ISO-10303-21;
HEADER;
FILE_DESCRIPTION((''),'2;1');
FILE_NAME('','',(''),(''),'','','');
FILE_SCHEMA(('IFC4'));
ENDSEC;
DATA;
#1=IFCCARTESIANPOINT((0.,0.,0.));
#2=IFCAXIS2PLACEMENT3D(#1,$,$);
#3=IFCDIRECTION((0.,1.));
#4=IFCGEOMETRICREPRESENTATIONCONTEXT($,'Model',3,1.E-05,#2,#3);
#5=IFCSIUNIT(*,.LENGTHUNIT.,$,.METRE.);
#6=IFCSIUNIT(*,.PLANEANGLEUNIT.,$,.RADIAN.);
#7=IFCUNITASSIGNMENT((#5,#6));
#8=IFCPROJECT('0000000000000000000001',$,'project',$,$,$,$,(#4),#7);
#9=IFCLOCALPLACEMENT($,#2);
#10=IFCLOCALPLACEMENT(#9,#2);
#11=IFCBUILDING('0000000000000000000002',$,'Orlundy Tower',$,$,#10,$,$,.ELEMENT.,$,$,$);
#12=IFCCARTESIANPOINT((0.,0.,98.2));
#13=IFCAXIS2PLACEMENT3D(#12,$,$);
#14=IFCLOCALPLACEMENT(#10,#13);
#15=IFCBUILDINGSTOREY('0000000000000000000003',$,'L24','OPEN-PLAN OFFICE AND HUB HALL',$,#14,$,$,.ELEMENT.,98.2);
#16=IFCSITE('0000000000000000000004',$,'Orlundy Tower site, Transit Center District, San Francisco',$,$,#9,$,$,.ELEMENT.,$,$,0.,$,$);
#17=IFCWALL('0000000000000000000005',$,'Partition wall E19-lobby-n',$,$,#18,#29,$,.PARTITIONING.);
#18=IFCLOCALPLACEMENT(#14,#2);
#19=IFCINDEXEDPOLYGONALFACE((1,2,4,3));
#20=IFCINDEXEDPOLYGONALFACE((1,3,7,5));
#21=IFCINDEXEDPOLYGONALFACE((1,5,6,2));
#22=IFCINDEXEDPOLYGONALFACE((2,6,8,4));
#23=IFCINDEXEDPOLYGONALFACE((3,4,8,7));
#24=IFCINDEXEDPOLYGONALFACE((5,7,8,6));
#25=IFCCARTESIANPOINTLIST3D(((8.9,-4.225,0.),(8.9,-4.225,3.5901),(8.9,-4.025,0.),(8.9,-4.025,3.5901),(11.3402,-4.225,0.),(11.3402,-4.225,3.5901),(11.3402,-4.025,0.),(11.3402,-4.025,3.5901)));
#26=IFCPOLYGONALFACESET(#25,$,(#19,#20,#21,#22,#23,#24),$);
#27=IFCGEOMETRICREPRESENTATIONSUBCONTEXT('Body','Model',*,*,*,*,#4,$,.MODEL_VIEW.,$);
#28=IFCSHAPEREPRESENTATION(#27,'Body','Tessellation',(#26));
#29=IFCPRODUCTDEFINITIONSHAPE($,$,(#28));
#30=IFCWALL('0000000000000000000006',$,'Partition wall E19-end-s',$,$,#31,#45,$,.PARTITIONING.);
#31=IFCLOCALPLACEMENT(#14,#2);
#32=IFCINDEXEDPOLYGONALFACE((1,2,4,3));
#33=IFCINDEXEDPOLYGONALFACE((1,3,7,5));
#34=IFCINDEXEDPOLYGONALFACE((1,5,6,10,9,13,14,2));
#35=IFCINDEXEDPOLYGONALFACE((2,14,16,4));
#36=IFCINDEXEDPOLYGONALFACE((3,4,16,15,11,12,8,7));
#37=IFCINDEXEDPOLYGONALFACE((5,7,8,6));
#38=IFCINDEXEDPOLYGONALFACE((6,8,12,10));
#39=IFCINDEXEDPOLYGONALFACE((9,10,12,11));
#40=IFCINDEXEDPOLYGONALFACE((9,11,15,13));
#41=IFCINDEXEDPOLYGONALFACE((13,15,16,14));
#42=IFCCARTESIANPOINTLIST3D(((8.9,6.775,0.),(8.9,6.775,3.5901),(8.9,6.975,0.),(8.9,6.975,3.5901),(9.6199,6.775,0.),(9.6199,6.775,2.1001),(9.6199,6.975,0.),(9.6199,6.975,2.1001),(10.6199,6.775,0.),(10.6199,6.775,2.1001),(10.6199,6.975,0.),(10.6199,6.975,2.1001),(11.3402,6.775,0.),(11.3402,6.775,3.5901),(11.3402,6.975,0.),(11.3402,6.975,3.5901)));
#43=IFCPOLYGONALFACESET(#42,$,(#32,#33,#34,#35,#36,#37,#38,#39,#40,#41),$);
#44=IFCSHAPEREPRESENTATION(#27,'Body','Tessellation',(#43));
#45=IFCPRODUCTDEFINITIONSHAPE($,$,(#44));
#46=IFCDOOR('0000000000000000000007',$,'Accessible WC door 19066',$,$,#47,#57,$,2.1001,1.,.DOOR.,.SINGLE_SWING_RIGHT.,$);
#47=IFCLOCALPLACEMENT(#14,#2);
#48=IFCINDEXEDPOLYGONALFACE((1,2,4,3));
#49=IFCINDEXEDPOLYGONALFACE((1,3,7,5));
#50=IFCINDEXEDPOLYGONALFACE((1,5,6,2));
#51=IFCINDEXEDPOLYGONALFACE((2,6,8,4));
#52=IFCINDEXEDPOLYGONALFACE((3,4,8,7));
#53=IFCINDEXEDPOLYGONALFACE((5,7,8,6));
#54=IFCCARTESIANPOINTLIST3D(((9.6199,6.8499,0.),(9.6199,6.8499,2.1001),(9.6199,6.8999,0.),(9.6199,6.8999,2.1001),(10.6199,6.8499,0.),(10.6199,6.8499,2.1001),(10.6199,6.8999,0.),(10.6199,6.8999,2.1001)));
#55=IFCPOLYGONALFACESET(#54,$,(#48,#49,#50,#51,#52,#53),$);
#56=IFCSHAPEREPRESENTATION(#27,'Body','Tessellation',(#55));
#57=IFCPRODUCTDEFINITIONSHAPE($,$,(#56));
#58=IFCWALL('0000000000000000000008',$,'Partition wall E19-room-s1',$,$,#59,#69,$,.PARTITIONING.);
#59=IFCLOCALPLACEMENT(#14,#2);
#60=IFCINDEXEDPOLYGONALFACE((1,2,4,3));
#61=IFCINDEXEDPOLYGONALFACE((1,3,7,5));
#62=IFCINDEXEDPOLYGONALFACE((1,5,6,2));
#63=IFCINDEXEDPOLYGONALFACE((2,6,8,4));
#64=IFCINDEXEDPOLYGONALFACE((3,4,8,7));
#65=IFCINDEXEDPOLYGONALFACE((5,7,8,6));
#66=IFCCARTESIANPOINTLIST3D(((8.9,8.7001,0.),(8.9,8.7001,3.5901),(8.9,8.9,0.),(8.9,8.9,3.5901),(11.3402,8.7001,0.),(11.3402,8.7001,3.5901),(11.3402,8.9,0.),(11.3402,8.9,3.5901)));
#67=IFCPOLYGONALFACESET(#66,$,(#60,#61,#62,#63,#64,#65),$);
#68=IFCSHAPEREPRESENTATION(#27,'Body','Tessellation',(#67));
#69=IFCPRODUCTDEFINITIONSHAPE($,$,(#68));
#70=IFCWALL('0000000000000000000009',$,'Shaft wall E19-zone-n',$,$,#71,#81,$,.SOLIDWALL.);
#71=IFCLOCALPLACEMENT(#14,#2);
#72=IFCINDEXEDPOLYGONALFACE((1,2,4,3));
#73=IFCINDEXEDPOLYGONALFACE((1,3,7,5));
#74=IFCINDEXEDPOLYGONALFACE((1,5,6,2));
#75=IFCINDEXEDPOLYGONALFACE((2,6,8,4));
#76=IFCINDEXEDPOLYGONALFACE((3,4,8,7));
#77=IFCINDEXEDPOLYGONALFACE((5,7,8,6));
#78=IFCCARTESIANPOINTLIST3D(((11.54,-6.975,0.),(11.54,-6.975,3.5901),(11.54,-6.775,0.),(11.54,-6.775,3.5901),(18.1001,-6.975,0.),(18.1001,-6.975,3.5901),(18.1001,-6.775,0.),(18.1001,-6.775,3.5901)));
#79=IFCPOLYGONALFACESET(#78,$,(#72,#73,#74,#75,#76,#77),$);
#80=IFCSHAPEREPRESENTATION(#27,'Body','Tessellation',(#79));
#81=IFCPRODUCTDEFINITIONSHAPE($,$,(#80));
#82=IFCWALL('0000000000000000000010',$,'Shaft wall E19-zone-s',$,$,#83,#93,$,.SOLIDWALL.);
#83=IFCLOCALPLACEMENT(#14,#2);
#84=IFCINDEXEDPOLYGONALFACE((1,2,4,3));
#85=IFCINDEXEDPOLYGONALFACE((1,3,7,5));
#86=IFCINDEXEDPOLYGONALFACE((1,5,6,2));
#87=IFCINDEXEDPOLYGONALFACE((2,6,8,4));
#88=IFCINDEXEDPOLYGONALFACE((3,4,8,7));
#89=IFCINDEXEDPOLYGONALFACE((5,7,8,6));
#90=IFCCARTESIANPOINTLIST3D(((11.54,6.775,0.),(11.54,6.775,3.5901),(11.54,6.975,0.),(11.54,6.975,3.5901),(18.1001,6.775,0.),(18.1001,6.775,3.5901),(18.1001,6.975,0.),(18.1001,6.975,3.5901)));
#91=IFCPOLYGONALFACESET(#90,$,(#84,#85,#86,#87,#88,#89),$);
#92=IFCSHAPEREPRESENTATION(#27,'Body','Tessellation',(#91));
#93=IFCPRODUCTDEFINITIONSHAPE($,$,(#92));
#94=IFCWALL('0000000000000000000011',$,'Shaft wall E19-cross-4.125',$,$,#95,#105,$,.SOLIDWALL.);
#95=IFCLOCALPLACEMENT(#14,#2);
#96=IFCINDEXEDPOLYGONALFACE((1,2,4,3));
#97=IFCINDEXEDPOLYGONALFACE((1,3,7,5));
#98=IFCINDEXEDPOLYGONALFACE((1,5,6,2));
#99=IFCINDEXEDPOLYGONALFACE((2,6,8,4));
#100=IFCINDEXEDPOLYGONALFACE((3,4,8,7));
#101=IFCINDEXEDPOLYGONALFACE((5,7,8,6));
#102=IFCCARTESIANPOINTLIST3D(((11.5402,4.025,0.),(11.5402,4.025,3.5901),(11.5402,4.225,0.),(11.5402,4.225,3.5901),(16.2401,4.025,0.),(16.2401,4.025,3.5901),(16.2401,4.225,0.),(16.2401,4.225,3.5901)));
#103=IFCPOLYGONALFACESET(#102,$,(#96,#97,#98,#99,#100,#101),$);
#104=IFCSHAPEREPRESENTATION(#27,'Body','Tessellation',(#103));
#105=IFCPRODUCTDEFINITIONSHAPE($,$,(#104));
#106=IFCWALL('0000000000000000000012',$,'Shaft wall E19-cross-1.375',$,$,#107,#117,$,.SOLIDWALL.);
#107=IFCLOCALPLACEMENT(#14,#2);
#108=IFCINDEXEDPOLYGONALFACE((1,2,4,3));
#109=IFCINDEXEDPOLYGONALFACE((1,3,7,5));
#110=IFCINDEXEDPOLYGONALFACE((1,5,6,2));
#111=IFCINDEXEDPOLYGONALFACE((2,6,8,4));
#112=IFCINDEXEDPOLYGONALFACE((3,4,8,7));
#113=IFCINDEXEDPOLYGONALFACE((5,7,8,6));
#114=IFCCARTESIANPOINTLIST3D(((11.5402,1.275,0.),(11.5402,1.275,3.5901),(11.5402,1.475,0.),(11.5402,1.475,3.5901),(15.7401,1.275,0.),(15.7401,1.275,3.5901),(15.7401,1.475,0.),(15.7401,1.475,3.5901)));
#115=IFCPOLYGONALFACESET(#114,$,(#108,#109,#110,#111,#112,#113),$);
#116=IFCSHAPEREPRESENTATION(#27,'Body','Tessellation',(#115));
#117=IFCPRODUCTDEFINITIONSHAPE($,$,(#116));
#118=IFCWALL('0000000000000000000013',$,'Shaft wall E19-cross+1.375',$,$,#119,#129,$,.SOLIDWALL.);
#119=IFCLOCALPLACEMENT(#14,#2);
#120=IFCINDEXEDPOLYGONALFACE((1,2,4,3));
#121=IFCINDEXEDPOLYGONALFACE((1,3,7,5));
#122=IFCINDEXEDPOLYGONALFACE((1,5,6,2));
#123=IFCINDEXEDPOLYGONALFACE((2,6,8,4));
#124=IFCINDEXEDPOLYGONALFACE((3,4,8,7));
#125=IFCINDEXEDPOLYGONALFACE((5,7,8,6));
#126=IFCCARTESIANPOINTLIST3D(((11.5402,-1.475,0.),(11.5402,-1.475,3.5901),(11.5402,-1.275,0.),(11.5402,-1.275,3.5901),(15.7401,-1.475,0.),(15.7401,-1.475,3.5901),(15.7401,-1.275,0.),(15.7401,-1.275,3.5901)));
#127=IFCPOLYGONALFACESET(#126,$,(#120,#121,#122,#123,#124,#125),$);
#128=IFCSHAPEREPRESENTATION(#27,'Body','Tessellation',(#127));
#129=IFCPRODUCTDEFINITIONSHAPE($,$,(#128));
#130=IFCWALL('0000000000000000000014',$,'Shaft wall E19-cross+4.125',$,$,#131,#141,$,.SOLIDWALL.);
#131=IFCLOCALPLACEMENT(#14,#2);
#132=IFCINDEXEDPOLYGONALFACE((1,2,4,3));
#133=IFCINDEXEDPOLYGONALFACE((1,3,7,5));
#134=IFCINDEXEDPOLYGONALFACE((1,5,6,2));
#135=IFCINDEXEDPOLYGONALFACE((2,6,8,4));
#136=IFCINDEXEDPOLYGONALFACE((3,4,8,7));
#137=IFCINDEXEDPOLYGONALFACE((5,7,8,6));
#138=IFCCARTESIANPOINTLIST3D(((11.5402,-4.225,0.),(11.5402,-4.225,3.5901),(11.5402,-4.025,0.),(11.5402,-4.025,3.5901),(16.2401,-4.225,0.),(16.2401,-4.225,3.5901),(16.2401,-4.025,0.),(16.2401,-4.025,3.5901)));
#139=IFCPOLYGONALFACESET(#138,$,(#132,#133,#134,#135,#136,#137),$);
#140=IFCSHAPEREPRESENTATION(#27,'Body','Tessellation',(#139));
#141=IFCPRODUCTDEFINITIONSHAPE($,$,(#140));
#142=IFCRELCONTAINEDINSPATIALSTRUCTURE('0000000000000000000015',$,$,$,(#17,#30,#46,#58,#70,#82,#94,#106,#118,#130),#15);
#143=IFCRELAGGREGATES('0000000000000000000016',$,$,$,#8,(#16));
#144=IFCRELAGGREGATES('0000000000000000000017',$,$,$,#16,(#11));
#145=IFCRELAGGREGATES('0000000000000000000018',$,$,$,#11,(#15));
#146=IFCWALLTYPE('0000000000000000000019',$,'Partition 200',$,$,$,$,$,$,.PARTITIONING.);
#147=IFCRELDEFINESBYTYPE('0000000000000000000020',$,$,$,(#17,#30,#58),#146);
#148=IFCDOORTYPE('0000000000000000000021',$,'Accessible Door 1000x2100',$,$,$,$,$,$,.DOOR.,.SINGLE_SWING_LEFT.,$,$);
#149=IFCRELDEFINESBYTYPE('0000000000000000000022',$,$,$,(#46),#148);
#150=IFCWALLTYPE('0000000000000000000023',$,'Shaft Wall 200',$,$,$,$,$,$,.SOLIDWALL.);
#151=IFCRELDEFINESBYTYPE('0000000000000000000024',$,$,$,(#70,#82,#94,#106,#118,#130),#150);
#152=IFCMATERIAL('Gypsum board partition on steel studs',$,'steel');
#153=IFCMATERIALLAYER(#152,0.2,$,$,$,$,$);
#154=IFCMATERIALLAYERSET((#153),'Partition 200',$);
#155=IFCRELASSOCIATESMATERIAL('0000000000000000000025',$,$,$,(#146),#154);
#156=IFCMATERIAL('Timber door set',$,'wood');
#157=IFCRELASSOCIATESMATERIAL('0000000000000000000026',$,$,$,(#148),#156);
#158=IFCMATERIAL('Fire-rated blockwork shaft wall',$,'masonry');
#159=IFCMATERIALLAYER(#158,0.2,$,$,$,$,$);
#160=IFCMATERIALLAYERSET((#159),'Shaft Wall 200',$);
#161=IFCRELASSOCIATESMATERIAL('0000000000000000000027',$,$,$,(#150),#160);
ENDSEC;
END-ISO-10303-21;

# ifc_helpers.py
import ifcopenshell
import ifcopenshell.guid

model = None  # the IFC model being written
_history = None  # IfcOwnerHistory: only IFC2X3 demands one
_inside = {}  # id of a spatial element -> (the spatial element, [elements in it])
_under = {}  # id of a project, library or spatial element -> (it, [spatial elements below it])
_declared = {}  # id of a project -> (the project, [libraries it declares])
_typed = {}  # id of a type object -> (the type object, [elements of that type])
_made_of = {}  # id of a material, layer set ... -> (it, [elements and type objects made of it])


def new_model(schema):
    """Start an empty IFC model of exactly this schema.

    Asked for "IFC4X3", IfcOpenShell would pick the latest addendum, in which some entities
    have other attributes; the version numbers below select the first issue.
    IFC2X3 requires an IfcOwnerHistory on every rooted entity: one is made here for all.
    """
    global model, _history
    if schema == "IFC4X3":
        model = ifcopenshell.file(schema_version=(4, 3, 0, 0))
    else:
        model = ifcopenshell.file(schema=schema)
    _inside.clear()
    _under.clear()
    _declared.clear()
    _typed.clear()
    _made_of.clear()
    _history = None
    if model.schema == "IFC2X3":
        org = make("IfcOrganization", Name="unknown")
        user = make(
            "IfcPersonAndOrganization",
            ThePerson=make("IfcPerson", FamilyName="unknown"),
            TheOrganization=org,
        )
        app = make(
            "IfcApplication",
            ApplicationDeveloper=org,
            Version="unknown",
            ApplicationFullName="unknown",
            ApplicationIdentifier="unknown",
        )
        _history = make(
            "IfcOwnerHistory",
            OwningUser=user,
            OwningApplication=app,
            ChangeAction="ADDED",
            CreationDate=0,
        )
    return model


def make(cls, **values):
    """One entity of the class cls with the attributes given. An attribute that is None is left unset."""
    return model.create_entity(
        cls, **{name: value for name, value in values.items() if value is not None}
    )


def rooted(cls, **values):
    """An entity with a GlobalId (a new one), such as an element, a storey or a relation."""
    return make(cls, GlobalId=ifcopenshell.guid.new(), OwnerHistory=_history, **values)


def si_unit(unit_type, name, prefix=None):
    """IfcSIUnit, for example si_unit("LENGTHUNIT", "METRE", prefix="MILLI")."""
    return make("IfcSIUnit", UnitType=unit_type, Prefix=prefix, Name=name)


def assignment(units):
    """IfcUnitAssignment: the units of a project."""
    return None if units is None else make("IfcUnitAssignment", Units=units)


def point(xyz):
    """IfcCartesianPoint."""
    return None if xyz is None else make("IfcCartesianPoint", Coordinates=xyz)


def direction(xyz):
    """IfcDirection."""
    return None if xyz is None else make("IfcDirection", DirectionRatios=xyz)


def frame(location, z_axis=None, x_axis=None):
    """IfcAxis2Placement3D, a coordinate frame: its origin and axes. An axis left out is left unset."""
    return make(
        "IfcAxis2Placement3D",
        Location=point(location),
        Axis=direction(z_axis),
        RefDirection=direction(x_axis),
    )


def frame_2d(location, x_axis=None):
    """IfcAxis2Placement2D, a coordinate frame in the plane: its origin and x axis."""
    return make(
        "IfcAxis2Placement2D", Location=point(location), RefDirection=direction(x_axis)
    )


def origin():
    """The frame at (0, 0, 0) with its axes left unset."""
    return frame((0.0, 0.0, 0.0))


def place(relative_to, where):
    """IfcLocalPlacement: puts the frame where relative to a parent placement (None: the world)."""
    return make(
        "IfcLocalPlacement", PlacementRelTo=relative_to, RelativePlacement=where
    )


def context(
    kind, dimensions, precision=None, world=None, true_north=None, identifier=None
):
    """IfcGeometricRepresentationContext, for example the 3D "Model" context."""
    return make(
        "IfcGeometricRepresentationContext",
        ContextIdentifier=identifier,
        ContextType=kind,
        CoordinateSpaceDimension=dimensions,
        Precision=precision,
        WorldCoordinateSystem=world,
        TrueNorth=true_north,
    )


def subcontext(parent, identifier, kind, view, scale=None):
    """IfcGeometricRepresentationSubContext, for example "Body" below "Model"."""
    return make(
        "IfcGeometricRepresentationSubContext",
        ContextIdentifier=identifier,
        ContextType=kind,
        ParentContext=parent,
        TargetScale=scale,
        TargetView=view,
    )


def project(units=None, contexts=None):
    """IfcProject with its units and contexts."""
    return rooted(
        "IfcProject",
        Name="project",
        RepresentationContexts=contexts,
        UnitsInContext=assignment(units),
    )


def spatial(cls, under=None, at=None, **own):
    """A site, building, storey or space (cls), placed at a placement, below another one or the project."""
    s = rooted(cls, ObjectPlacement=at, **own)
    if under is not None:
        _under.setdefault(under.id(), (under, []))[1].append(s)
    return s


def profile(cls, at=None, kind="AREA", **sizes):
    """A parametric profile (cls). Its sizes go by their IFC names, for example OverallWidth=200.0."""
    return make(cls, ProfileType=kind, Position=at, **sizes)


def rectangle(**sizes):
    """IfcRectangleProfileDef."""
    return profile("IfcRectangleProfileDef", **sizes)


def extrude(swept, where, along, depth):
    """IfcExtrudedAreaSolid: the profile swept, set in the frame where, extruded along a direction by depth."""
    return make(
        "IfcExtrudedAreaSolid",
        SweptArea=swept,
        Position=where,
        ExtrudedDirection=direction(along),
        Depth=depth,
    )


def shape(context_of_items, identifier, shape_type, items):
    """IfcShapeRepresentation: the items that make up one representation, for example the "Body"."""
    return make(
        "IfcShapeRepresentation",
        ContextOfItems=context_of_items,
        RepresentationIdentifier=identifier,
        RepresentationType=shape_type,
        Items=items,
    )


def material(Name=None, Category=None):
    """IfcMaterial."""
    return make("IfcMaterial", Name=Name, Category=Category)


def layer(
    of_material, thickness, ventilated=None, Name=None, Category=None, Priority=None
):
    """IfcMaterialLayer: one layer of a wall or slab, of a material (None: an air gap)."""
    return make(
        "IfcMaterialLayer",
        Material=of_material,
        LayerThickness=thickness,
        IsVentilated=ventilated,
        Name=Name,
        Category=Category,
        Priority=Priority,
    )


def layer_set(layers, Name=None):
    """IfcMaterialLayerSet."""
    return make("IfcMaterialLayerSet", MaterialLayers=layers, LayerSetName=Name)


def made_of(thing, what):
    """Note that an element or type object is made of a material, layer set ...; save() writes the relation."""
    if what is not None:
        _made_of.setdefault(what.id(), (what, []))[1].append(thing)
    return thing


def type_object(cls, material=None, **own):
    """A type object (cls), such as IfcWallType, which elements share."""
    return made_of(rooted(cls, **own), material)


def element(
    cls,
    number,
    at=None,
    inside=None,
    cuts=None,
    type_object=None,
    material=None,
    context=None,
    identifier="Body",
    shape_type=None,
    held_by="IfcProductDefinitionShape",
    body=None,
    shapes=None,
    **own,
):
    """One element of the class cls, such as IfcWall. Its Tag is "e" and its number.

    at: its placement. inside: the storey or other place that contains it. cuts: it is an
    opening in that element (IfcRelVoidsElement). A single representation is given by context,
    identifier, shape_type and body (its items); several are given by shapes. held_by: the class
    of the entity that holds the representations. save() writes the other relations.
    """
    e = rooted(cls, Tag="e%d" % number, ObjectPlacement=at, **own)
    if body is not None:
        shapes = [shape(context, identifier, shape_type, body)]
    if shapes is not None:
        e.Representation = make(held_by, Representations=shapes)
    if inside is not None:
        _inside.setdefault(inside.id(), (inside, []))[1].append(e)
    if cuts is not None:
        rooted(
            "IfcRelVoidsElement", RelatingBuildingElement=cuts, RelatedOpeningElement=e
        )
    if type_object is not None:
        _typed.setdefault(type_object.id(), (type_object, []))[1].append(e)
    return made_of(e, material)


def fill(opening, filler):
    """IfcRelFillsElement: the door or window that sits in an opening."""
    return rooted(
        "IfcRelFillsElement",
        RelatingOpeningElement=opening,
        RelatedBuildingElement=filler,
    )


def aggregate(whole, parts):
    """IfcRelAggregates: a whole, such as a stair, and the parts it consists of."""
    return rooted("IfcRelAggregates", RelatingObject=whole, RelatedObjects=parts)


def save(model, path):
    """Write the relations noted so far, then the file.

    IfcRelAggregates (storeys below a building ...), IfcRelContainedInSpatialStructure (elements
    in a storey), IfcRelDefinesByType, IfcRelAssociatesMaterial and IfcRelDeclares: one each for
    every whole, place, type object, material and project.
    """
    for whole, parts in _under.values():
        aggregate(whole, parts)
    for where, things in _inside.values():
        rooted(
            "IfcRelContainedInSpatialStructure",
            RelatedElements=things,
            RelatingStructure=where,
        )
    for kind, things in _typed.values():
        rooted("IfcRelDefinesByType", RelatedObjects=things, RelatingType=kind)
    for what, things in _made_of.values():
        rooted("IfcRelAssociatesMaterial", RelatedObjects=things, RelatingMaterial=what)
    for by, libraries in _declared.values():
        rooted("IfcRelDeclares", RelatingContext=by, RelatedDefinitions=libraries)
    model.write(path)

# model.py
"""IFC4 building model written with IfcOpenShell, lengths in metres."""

from ifc_helpers import new_model, si_unit, direction, frame, frame_2d, origin, place, context, subcontext, project, spatial, rectangle, extrude, material, layer, layer_set, type_object, element, fill, save


model = new_model("IFC4")

# Units and contexts
model_context = context("Model", 3, precision=1e-05, world=origin(), true_north=direction((0.0, 1.0)))
body_context = subcontext(model_context, "Body", "Model", "MODEL_VIEW")
ifc_project = project(units=[si_unit("LENGTHUNIT", "METRE"), si_unit("PLANEANGLEUNIT", "RADIAN")], contexts=[model_context])

# Site, building, storey
site_placement = place(None, origin())
site = spatial("IfcSite", under=ifc_project, at=site_placement, Name="Orlundy Tower site, Transit Center District, San Francisco", CompositionType="ELEMENT", RefElevation=0.0)
building_placement = place(site_placement, origin())
building = spatial("IfcBuilding", under=site, at=building_placement, Name="Orlundy Tower", CompositionType="ELEMENT")
storey_placement = place(building_placement, frame((0.0, 0.0, 98.2)))
storey = spatial("IfcBuildingStorey", under=building, at=storey_placement, Name="L24", Description="OPEN-PLAN OFFICE AND HUB HALL", CompositionType="ELEMENT", Elevation=98.2)

# Wall
ifc_material_1 = material(Name="Gypsum board partition on steel studs", Category="steel")
ifc_layer_1 = layer(ifc_material_1, 0.2)
ifc_layer_set_1 = layer_set([ifc_layer_1], Name="Partition 200")
wall_type_1 = type_object("IfcWallType", Name="Partition 200", PredefinedType="PARTITIONING", material=ifc_layer_set_1)
wall_1_placement = place(storey_placement, frame((8.8999, -4.125, 0.0), z_axis=(0.0, 0.0, 1.0), x_axis=(1.0, 0.0, 0.0)))
element("IfcWall", 1, at=wall_1_placement, inside=storey, type_object=wall_type_1, Name="Partition wall E19-lobby-n", PredefinedType="PARTITIONING", context=body_context, shape_type="SweptSolid", body=[
    extrude(rectangle(XDim=2.4402, YDim=0.2, at=frame_2d((1.2202, 0.0))), origin(), (0.0, 0.0, 1.0), 3.5901),
])

# Wall, opening, door
wall_2_placement = place(storey_placement, frame((8.8999, 6.875, 0.0), z_axis=(0.0, 0.0, 1.0), x_axis=(1.0, 0.0, 0.0)))
wall_2 = element("IfcWall", 2, at=wall_2_placement, inside=storey, type_object=wall_type_1, Name="Partition wall E19-end-s", PredefinedType="PARTITIONING", context=body_context, shape_type="SweptSolid", body=[
    extrude(rectangle(XDim=2.4402, YDim=0.2, at=frame_2d((1.2202, 0.0))), origin(), (0.0, 0.0, 1.0), 3.5901),
])
opening_1_placement = place(wall_2_placement, frame((0.72, 0.0, 0.0)))
opening_1 = element("IfcOpeningElement", 3, at=opening_1_placement, cuts=wall_2, PredefinedType="OPENING", context=body_context, shape_type="SweptSolid", body=[
    extrude(rectangle(XDim=1.0, YDim=2.1001, at=frame_2d((0.5, 1.05))), frame((0.0, 0.1101, 0.0), z_axis=(0.0, -1.0, 0.0), x_axis=(1.0, 0.0, 0.0)), (0.0, 0.0, 1.0), 0.2202),
])
ifc_material_2 = material(Name="Timber door set", Category="wood")
door_type_1 = type_object("IfcDoorType", Name="Accessible Door 1000x2100", OperationType="SINGLE_SWING_LEFT", PredefinedType="DOOR", material=ifc_material_2)
door_1_placement = place(opening_1_placement, origin())
door_1 = element("IfcDoor", 4, at=door_1_placement, inside=storey, type_object=door_type_1, Name="Accessible WC door 19066", OperationType="SINGLE_SWING_RIGHT", OverallHeight=2.1001, OverallWidth=1.0, PredefinedType="DOOR", context=body_context, shape_type="SweptSolid", body=[
    extrude(rectangle(XDim=1.0, YDim=2.1001, at=frame_2d((0.5, 1.05))), frame((0.0, 0.0249, 0.0), z_axis=(0.0, -1.0, 0.0), x_axis=(1.0, 0.0, 0.0)), (0.0, 0.0, 1.0), 0.05),
])
fill(opening_1, door_1)

# Walls
wall_3_placement = place(storey_placement, frame((8.8999, 8.8, 0.0), z_axis=(0.0, 0.0, 1.0), x_axis=(1.0, 0.0, 0.0)))
element("IfcWall", 5, at=wall_3_placement, inside=storey, type_object=wall_type_1, Name="Partition wall E19-room-s1", PredefinedType="PARTITIONING", context=body_context, shape_type="SweptSolid", body=[
    extrude(rectangle(XDim=2.4402, YDim=0.2, at=frame_2d((1.2202, 0.0))), origin(), (0.0, 0.0, 1.0), 3.5901),
])
ifc_material_3 = material(Name="Fire-rated blockwork shaft wall", Category="masonry")
ifc_layer_2 = layer(ifc_material_3, 0.2)
ifc_layer_set_2 = layer_set([ifc_layer_2], Name="Shaft Wall 200")
wall_type_2 = type_object("IfcWallType", Name="Shaft Wall 200", PredefinedType="SOLIDWALL", material=ifc_layer_set_2)
for number, where, z_axis, x_axis, name in (
    (6, (11.54, -6.875, 0.0), (0.0, 0.0, 1.0), (1.0, 0.0, 0.0), "Shaft wall E19-zone-n"),
    (7, (11.54, 6.875, 0.0), (0.0, 0.0, 1.0), (1.0, 0.0, 0.0), "Shaft wall E19-zone-s"),
):
    element("IfcWall", number, at=place(storey_placement, frame(where, z_axis=z_axis, x_axis=x_axis)), inside=storey, type_object=wall_type_2, Name=name, PredefinedType="SOLIDWALL", context=body_context, shape_type="SweptSolid", body=[
        extrude(rectangle(XDim=6.5601, YDim=0.2, at=frame_2d((3.28, 0.0))), origin(), (0.0, 0.0, 1.0), 3.5901),
    ])
wall_4_placement = place(storey_placement, frame((11.54, 4.125, 0.0), z_axis=(0.0, 0.0, 1.0), x_axis=(1.0, 0.0, 0.0)))
element("IfcWall", 8, at=wall_4_placement, inside=storey, type_object=wall_type_2, Name="Shaft wall E19-cross-4.125", PredefinedType="SOLIDWALL", context=body_context, shape_type="SweptSolid", body=[
    extrude(rectangle(XDim=4.7, YDim=0.2, at=frame_2d((2.3501, 0.0))), origin(), (0.0, 0.0, 1.0), 3.5901),
])
for number, where, z_axis, x_axis, name in (
    (9, (11.54, 1.375, 0.0), (0.0, 0.0, 1.0), (1.0, 0.0, 0.0), "Shaft wall E19-cross-1.375"),
    (10, (11.54, -1.375, 0.0), (0.0, 0.0, 1.0), (1.0, 0.0, 0.0), "Shaft wall E19-cross+1.375"),
):
    element("IfcWall", number, at=place(storey_placement, frame(where, z_axis=z_axis, x_axis=x_axis)), inside=storey, type_object=wall_type_2, Name=name, PredefinedType="SOLIDWALL", context=body_context, shape_type="SweptSolid", body=[
        extrude(rectangle(XDim=4.2, YDim=0.2, at=frame_2d((2.1001, 0.0))), origin(), (0.0, 0.0, 1.0), 3.5901),
    ])
wall_5_placement = place(storey_placement, frame((11.54, -4.125, 0.0), z_axis=(0.0, 0.0, 1.0), x_axis=(1.0, 0.0, 0.0)))
element("IfcWall", 11, at=wall_5_placement, inside=storey, type_object=wall_type_2, Name="Shaft wall E19-cross+4.125", PredefinedType="SOLIDWALL", context=body_context, shape_type="SweptSolid", body=[
    extrude(rectangle(XDim=4.7, YDim=0.2, at=frame_2d((2.3501, 0.0))), origin(), (0.0, 0.0, 1.0), 3.5901),
])

save(model, "model.ifc")
